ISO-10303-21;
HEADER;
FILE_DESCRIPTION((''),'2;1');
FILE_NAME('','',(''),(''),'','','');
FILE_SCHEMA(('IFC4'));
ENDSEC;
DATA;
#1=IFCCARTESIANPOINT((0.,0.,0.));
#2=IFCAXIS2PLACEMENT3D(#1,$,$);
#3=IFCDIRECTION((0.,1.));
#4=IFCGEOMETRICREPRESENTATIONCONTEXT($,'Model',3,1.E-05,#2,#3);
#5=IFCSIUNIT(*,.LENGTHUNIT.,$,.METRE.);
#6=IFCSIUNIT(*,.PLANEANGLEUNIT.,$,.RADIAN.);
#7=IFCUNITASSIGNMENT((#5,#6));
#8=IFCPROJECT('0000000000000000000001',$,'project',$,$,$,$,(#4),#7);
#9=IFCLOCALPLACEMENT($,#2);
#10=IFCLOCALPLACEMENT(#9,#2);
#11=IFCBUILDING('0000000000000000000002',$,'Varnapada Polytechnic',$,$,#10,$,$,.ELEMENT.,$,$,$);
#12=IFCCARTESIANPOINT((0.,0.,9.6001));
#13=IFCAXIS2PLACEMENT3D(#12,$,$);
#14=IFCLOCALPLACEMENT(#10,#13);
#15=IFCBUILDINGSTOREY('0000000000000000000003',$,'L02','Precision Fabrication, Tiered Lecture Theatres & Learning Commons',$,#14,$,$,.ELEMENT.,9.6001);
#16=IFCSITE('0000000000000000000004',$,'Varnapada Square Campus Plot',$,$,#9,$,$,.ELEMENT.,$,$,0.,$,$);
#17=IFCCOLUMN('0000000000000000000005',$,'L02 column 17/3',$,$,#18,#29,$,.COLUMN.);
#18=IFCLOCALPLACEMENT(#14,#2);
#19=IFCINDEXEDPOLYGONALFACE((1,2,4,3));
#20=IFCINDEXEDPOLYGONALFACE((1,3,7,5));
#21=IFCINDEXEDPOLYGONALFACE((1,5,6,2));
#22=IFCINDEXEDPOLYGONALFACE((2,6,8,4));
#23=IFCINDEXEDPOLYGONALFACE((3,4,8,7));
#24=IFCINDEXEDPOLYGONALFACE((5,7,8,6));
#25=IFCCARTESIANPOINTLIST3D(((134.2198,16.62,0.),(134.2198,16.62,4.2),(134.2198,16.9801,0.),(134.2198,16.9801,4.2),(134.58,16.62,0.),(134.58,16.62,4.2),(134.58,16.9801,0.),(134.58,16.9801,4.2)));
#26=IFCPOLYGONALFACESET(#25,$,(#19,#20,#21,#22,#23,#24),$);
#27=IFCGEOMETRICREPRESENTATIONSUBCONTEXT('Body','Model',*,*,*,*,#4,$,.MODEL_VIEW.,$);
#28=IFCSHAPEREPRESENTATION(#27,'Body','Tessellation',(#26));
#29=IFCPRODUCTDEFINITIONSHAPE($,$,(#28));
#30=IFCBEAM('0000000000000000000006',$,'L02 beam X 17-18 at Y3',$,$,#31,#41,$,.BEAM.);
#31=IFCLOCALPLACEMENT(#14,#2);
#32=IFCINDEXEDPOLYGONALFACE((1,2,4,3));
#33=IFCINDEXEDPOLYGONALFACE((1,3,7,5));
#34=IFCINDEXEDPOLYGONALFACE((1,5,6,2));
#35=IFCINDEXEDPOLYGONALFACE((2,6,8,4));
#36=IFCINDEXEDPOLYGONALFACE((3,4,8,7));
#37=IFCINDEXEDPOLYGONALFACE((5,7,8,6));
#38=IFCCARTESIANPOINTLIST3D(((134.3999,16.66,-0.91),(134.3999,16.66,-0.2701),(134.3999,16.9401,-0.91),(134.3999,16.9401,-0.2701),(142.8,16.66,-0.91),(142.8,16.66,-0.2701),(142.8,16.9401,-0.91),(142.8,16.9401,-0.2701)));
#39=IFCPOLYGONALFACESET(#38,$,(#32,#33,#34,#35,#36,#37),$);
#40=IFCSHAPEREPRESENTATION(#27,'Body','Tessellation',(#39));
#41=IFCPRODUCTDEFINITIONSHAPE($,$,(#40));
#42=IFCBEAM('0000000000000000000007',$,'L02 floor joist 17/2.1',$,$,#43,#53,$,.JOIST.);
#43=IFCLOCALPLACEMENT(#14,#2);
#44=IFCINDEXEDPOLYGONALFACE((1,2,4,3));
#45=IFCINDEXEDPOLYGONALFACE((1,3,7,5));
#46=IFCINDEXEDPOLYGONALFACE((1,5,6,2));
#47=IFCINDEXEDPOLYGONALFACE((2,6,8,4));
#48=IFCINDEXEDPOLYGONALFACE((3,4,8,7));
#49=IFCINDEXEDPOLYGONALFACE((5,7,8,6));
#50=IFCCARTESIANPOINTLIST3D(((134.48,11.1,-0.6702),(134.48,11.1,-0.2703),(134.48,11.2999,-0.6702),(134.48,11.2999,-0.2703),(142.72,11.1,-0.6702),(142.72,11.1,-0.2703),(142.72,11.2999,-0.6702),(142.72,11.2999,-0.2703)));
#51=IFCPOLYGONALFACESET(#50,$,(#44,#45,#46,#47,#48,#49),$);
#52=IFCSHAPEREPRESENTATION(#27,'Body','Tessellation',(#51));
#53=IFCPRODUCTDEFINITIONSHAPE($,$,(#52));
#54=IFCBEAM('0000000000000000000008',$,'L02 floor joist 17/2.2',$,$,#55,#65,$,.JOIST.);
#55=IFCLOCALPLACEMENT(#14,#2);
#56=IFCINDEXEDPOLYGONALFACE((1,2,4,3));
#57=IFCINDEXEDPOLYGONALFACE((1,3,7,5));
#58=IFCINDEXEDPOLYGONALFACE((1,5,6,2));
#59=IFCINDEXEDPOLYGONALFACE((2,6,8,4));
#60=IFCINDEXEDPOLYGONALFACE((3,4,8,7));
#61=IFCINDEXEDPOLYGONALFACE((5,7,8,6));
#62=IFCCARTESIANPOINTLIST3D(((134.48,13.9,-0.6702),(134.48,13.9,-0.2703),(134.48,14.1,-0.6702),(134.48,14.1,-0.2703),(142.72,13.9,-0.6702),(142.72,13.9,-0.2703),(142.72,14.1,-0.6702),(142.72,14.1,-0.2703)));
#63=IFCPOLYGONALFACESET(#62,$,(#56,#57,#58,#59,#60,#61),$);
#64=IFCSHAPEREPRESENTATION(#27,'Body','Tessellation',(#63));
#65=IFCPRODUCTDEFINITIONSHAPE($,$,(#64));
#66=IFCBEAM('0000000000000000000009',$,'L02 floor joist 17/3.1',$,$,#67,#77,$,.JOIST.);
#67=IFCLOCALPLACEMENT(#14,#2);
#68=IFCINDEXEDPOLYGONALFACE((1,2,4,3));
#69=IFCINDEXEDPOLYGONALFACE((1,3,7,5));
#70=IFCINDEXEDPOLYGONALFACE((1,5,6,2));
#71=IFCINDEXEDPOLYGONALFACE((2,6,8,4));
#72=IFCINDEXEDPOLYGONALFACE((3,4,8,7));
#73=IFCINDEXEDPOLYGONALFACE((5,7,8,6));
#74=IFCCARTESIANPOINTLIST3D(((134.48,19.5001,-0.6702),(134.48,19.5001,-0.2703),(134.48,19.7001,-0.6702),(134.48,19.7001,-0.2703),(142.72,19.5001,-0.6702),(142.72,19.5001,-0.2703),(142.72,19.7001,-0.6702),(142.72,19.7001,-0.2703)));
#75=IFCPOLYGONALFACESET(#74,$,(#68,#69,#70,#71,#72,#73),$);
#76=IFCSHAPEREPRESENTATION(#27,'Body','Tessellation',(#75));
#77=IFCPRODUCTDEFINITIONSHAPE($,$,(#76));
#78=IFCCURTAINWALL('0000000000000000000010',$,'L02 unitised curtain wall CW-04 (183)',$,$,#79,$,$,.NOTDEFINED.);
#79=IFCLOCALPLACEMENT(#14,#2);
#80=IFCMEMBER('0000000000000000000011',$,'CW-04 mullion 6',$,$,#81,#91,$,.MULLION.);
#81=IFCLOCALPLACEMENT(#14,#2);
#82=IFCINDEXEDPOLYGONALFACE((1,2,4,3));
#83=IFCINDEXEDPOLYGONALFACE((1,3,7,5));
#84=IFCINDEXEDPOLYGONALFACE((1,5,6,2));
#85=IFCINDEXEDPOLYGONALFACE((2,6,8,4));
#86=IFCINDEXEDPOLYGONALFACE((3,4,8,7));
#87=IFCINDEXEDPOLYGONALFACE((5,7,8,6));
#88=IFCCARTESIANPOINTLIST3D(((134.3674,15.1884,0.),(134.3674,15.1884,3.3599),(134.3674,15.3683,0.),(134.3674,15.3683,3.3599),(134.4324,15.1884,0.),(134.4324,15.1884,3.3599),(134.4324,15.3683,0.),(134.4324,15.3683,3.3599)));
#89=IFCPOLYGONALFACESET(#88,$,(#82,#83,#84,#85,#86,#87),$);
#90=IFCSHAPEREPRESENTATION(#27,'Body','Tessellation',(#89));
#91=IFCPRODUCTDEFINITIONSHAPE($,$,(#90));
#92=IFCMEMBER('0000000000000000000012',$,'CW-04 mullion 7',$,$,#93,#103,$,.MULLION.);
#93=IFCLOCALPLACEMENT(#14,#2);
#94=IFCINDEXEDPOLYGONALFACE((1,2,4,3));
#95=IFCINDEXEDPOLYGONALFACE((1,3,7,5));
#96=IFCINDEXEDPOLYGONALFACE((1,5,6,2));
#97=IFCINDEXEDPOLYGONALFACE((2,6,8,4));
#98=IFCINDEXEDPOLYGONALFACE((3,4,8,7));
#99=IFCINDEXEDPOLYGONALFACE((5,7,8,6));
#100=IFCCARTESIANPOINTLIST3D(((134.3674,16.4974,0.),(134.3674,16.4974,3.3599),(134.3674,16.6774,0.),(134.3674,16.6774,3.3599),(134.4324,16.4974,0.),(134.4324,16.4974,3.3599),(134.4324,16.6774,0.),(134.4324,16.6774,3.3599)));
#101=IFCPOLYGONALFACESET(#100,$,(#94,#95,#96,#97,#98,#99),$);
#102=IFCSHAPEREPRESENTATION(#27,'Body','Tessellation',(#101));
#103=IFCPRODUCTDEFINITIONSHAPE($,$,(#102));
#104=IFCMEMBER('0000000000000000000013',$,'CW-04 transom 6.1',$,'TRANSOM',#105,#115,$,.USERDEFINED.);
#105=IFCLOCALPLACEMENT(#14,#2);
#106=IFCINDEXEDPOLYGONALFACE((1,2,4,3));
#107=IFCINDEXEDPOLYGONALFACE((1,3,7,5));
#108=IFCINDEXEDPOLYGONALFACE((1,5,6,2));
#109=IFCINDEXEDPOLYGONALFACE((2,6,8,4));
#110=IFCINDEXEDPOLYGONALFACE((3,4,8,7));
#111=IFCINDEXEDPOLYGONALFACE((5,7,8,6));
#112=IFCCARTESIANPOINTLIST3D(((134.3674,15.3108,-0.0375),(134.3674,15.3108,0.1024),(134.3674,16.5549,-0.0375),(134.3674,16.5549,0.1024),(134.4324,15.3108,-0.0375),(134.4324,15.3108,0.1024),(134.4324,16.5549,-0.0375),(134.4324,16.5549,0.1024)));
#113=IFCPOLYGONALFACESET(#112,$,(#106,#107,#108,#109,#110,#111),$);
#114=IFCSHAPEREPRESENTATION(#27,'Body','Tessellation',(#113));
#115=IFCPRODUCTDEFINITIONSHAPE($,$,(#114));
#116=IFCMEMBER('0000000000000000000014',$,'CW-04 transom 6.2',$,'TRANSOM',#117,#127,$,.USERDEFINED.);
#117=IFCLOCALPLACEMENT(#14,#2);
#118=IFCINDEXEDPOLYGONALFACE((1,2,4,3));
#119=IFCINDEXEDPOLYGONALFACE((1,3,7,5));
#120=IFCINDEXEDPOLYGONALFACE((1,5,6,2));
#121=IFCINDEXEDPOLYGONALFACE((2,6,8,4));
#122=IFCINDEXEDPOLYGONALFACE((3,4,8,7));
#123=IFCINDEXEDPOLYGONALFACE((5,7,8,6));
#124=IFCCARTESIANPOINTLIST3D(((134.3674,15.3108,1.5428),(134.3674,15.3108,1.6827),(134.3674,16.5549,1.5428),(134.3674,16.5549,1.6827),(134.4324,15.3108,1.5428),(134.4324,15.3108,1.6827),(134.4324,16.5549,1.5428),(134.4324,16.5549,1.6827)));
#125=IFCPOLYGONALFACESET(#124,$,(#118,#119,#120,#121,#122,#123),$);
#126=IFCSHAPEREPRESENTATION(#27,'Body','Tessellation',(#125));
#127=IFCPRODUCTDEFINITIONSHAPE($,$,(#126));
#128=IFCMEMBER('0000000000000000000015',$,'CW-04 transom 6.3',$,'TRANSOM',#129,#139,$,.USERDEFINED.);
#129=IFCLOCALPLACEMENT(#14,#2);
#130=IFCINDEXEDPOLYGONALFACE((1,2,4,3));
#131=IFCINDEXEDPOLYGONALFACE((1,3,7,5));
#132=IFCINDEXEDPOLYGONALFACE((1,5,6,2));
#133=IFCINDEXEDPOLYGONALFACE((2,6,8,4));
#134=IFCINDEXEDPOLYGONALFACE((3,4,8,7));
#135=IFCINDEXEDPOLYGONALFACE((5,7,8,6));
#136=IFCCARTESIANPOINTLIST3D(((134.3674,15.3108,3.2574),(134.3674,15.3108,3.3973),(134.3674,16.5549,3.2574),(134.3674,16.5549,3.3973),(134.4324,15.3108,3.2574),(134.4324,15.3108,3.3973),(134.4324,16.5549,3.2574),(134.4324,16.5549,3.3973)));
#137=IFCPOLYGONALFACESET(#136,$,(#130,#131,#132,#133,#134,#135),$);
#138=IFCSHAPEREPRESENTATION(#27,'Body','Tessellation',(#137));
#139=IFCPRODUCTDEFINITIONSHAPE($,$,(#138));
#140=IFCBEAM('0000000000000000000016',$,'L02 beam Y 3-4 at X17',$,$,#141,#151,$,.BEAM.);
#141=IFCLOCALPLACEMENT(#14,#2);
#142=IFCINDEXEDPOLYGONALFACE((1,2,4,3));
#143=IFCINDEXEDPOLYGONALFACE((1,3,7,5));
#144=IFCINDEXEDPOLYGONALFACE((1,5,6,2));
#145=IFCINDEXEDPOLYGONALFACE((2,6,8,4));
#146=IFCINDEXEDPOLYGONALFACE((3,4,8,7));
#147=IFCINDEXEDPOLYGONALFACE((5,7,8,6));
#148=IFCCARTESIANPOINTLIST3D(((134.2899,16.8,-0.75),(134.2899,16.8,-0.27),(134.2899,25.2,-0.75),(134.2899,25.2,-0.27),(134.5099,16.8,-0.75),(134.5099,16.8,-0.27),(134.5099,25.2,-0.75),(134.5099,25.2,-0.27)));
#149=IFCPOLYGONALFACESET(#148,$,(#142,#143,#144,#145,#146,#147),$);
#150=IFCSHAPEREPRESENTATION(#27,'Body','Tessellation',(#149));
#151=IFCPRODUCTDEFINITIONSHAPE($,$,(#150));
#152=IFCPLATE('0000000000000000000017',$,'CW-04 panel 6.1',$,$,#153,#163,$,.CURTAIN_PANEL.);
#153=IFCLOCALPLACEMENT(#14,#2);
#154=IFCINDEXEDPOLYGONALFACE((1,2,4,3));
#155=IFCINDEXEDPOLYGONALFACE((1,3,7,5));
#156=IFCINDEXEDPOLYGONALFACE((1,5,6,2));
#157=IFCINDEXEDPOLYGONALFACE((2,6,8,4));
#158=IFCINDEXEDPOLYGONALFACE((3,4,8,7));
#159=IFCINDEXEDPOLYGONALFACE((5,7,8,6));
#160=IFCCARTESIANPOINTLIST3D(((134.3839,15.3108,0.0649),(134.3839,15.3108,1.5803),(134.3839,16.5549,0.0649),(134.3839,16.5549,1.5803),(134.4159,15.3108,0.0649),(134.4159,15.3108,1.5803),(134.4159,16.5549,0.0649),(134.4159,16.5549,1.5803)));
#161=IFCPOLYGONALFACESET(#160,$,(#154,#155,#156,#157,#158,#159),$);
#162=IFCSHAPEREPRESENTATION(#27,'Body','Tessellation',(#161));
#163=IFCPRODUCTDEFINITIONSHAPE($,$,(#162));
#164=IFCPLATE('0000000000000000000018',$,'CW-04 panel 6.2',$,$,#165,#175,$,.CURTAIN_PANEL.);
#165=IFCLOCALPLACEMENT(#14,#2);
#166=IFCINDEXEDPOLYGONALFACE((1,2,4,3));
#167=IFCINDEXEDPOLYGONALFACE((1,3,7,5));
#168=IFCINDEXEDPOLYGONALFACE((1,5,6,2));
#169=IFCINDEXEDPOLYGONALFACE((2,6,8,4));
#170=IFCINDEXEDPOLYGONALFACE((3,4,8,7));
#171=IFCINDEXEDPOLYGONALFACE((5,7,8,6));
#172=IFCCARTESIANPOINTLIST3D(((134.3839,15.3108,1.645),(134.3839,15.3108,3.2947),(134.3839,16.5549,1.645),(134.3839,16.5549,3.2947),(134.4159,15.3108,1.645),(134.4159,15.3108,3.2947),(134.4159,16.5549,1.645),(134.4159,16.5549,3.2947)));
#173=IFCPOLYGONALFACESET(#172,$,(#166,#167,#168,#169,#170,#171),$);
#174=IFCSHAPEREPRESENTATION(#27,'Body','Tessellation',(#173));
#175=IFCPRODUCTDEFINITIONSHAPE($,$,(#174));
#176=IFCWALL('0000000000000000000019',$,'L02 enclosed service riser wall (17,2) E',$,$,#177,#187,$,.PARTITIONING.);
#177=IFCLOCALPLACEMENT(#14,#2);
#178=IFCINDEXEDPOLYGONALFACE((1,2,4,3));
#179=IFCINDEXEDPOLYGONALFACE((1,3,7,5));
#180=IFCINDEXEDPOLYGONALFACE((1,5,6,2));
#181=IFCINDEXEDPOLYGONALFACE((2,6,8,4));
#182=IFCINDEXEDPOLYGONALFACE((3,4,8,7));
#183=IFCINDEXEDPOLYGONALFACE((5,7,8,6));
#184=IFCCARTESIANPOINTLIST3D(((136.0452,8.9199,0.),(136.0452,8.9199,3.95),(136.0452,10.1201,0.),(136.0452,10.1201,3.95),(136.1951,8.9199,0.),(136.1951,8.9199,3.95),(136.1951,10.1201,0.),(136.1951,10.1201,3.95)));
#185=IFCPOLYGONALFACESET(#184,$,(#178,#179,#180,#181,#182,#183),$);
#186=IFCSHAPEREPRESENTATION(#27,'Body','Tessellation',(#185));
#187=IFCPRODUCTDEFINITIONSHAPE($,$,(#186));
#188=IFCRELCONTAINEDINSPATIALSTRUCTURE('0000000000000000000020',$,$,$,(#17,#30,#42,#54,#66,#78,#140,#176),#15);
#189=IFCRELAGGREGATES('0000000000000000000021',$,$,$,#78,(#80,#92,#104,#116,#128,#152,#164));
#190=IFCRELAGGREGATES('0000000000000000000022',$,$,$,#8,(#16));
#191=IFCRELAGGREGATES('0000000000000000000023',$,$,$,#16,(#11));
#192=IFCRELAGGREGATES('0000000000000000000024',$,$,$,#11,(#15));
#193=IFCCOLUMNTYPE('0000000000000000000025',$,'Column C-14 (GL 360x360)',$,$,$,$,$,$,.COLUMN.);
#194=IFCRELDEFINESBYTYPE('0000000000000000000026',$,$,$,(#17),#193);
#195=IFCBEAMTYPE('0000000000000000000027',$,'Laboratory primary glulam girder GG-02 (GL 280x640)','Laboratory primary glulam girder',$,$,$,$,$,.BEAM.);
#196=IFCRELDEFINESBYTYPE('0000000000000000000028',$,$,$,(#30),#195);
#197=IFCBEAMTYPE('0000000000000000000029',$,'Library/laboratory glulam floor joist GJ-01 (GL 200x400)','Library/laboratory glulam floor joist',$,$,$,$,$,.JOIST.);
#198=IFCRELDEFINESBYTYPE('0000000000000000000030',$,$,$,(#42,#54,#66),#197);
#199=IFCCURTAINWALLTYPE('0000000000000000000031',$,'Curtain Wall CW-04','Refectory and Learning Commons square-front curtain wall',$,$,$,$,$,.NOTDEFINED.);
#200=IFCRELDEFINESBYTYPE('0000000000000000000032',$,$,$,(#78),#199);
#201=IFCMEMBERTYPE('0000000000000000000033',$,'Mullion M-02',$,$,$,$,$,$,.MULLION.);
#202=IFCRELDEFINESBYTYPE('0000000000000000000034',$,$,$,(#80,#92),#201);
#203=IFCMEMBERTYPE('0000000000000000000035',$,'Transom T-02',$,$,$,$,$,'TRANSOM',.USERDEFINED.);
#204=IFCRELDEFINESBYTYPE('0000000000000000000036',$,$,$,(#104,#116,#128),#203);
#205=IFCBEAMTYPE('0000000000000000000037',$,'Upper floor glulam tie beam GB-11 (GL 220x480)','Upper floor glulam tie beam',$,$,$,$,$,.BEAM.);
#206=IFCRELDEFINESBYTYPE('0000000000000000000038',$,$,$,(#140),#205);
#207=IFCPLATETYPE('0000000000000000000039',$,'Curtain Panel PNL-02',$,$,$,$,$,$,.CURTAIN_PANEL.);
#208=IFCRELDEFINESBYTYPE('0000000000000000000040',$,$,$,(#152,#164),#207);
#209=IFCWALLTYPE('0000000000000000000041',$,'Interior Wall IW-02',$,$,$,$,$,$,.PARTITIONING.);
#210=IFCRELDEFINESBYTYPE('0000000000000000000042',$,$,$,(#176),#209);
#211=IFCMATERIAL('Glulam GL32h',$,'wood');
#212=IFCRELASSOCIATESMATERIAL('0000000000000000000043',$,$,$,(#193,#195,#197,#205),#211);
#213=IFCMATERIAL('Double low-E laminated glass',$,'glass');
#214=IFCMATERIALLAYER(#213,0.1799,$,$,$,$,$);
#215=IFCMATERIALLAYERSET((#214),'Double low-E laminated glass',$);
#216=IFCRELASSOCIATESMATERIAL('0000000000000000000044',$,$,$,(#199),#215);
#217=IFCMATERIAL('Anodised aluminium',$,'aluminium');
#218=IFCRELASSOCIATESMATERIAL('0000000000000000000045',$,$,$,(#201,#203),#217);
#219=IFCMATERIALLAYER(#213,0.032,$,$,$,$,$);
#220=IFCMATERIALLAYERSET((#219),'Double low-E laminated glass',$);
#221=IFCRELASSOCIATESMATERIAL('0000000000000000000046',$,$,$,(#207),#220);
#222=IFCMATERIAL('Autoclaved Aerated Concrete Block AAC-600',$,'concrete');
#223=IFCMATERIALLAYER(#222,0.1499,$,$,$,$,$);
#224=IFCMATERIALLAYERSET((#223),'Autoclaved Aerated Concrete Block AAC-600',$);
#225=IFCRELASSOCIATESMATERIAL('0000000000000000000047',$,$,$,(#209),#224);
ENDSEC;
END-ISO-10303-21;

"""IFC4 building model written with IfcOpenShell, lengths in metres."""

from ifc_helpers import new_model, si_unit, direction, frame, frame_2d, origin, origin_2d, place, context, subcontext, project, spatial, rectangle, extrude, material, layer, layer_set, material_profile, profile_set, type_object, element, aggregate, save


model = new_model("IFC4")

# Units and contexts
model_context = context("Model", 3, precision=1e-05, world=origin(), true_north=direction((0.0, 1.0)))
body_context = subcontext(model_context, "Body", "Model", "MODEL_VIEW")
ifc_project = project(units=[si_unit("LENGTHUNIT", "METRE"), si_unit("PLANEANGLEUNIT", "RADIAN")], contexts=[model_context])

# Site, building, storey
site_placement = place(None, origin())
site = spatial("IfcSite", under=ifc_project, at=site_placement, Name="Varnapada Square Campus Plot", CompositionType="ELEMENT", RefElevation=0.0)
building_placement = place(site_placement, origin())
building = spatial("IfcBuilding", under=site, at=building_placement, Name="Varnapada Polytechnic", CompositionType="ELEMENT")
storey_placement = place(building_placement, frame((0.0, 0.0, 9.6001)))
storey = spatial("IfcBuildingStorey", under=building, at=storey_placement, Name="L02", Description="Precision Fabrication, Tiered Lecture Theatres & Learning Commons", CompositionType="ELEMENT", Elevation=9.6001)

# Column
ifc_material_1 = material(Name="Glulam GL32h", Category="wood")
ifc_material_profile_1 = material_profile(ifc_material_1, rectangle(XDim=0.3601, YDim=0.3601, at=origin_2d()), Name="GL 360x360")
ifc_profile_set_1 = profile_set([ifc_material_profile_1], Name="Glulam GL32h")
column_type = type_object("IfcColumnType", Name="Column C-14 (GL 360x360)", PredefinedType="COLUMN", material=ifc_profile_set_1)
column_placement = place(storey_placement, frame((134.3999, 16.8, 0.0), z_axis=(0.0, 0.0, 1.0), x_axis=(1.0, 0.0, 0.0)))
element("IfcColumn", 1, at=column_placement, inside=storey, type_object=column_type, Name="L02 column 17/3", PredefinedType="COLUMN", context=body_context, shape_type="SweptSolid", body=[
    extrude(rectangle(XDim=0.3601, YDim=0.3601, at=origin_2d()), origin(), (0.0, 0.0, 1.0), 4.2),
])

# Beams
ifc_material_profile_2 = material_profile(ifc_material_1, rectangle(XDim=0.28, YDim=0.6399, at=origin_2d()), Name="GL 280x640")
ifc_profile_set_2 = profile_set([ifc_material_profile_2], Name="Glulam GL32h")
beam_type_1 = type_object("IfcBeamType", Name="Laboratory primary glulam girder GG-02 (GL 280x640)", Description="Laboratory primary glulam girder", PredefinedType="BEAM", material=ifc_profile_set_2)
beam_1_placement = place(storey_placement, frame((134.3999, 16.8, -0.5901), z_axis=(1.0, 0.0, 0.0), x_axis=(0.0, 1.0, 0.0)))
element("IfcBeam", 2, at=beam_1_placement, inside=storey, type_object=beam_type_1, Name="L02 beam X 17-18 at Y3", PredefinedType="BEAM", context=body_context, shape_type="SweptSolid", body=[
    extrude(rectangle(XDim=0.28, YDim=0.6399, at=origin_2d()), origin(), (0.0, 0.0, 1.0), 8.4001),
])
ifc_material_profile_3 = material_profile(ifc_material_1, rectangle(XDim=0.2, YDim=0.3999, at=origin_2d()), Name="GL 200x400")
ifc_profile_set_3 = profile_set([ifc_material_profile_3], Name="Glulam GL32h")
beam_type_2 = type_object("IfcBeamType", Name="Library/laboratory glulam floor joist GJ-01 (GL 200x400)", Description="Library/laboratory glulam floor joist", PredefinedType="JOIST", material=ifc_profile_set_3)
for number, where, z_axis, x_axis, name in (
    (3, (134.48, 11.2, -0.4702), (1.0, 0.0, 0.0), (0.0, 1.0, 0.0), "L02 floor joist 17/2.1"),
    (4, (134.48, 14.0, -0.4702), (1.0, 0.0, 0.0), (0.0, 1.0, 0.0), "L02 floor joist 17/2.2"),
    (5, (134.48, 19.6001, -0.4702), (1.0, 0.0, 0.0), (0.0, 1.0, 0.0), "L02 floor joist 17/3.1"),
):
    element("IfcBeam", number, at=place(storey_placement, frame(where, z_axis=z_axis, x_axis=x_axis)), inside=storey, type_object=beam_type_2, Name=name, PredefinedType="JOIST", context=body_context, shape_type="SweptSolid", body=[
        extrude(rectangle(XDim=0.2, YDim=0.3999, at=origin_2d()), origin(), (0.0, 0.0, 1.0), 8.24),
    ])

# Curtain wall, members
ifc_material_2 = material(Name="Double low-E laminated glass", Category="glass")
ifc_layer_1 = layer(ifc_material_2, 0.1799)
ifc_layer_set_1 = layer_set([ifc_layer_1], Name="Double low-E laminated glass")
curtain_wall_type = type_object("IfcCurtainWallType", Name="Curtain Wall CW-04", Description="Refectory and Learning Commons square-front curtain wall", PredefinedType="NOTDEFINED", material=ifc_layer_set_1)
curtain_wall_placement = place(storey_placement, origin())
curtain_wall = element("IfcCurtainWall", 6, at=curtain_wall_placement, inside=storey, type_object=curtain_wall_type, Name="L02 unitised curtain wall CW-04 (183)", PredefinedType="NOTDEFINED")
ifc_material_3 = material(Name="Anodised aluminium", Category="aluminium")
ifc_material_profile_4 = material_profile(ifc_material_3, rectangle(XDim=0.0649, YDim=0.1799, at=origin_2d()), Name="ALU M65x180")
ifc_profile_set_4 = profile_set([ifc_material_profile_4], Name="Anodised aluminium")
member_type_1 = type_object("IfcMemberType", Name="Mullion M-02", PredefinedType="MULLION", material=ifc_profile_set_4)
member_1_placement = place(storey_placement, frame((134.3999, 15.2783, 0.0), z_axis=(0.0, 0.0, 1.0), x_axis=(-1.0, 0.0, 0.0)))
member_1 = element("IfcMember", 7, at=member_1_placement, type_object=member_type_1, Name="CW-04 mullion 6", PredefinedType="MULLION", context=body_context, shape_type="SweptSolid", body=[
    extrude(rectangle(XDim=0.0649, YDim=0.1799, at=origin_2d()), origin(), (0.0, 0.0, 1.0), 3.3599),
])
member_2_placement = place(storey_placement, frame((134.3999, 16.5874, 0.0), z_axis=(0.0, 0.0, 1.0), x_axis=(-1.0, 0.0, 0.0)))
member_2 = element("IfcMember", 8, at=member_2_placement, type_object=member_type_1, Name="CW-04 mullion 7", PredefinedType="MULLION", context=body_context, shape_type="SweptSolid", body=[
    extrude(rectangle(XDim=0.0649, YDim=0.1799, at=origin_2d()), origin(), (0.0, 0.0, 1.0), 3.3599),
])
ifc_material_profile_5 = material_profile(ifc_material_3, rectangle(XDim=0.0649, YDim=0.1399, at=origin_2d()), Name="ALU T65x140")
ifc_profile_set_5 = profile_set([ifc_material_profile_5], Name="Anodised aluminium")
member_type_2 = type_object("IfcMemberType", Name="Transom T-02", ElementType="TRANSOM", PredefinedType="USERDEFINED", material=ifc_profile_set_5)
member_3_placement = place(storey_placement, frame((134.3999, 15.3108, 0.0325), z_axis=(0.0, 1.0, 0.0), x_axis=(-1.0, 0.0, 0.0)))
member_3 = element("IfcMember", 9, at=member_3_placement, type_object=member_type_2, Name="CW-04 transom 6.1", ObjectType="TRANSOM", PredefinedType="USERDEFINED", context=body_context, shape_type="SweptSolid", body=[
    extrude(rectangle(XDim=0.0649, YDim=0.1399, at=origin_2d()), origin(), (0.0, 0.0, 1.0), 1.2441),
])
member_4_placement = place(storey_placement, frame((134.3999, 15.3108, 1.6128), z_axis=(0.0, 1.0, 0.0), x_axis=(-1.0, 0.0, 0.0)))
member_4 = element("IfcMember", 10, at=member_4_placement, type_object=member_type_2, Name="CW-04 transom 6.2", ObjectType="TRANSOM", PredefinedType="USERDEFINED", context=body_context, shape_type="SweptSolid", body=[
    extrude(rectangle(XDim=0.0649, YDim=0.1399, at=origin_2d()), origin(), (0.0, 0.0, 1.0), 1.2441),
])
member_5_placement = place(storey_placement, frame((134.3999, 15.3108, 3.3274), z_axis=(0.0, 1.0, 0.0), x_axis=(-1.0, 0.0, 0.0)))
member_5 = element("IfcMember", 11, at=member_5_placement, type_object=member_type_2, Name="CW-04 transom 6.3", ObjectType="TRANSOM", PredefinedType="USERDEFINED", context=body_context, shape_type="SweptSolid", body=[
    extrude(rectangle(XDim=0.0649, YDim=0.1399, at=origin_2d()), origin(), (0.0, 0.0, 1.0), 1.2441),
])

# Beam
ifc_material_profile_6 = material_profile(ifc_material_1, rectangle(XDim=0.22, YDim=0.48, at=origin_2d()), Name="GL 220x480")
ifc_profile_set_6 = profile_set([ifc_material_profile_6], Name="Glulam GL32h")
beam_type_3 = type_object("IfcBeamType", Name="Upper floor glulam tie beam GB-11 (GL 220x480)", Description="Upper floor glulam tie beam", PredefinedType="BEAM", material=ifc_profile_set_6)
beam_2_placement = place(storey_placement, frame((134.3999, 16.8, -0.51), z_axis=(0.0, 1.0, 0.0), x_axis=(-1.0, 0.0, 0.0)))
element("IfcBeam", 12, at=beam_2_placement, inside=storey, type_object=beam_type_3, Name="L02 beam Y 3-4 at X17", PredefinedType="BEAM", context=body_context, shape_type="SweptSolid", body=[
    extrude(rectangle(XDim=0.22, YDim=0.48, at=origin_2d()), origin(), (0.0, 0.0, 1.0), 8.3999),
])

# Plates
ifc_layer_2 = layer(ifc_material_2, 0.032)
ifc_layer_set_2 = layer_set([ifc_layer_2], Name="Double low-E laminated glass")
plate_type = type_object("IfcPlateType", Name="Curtain Panel PNL-02", PredefinedType="CURTAIN_PANEL", material=ifc_layer_set_2)
plate_1_placement = place(storey_placement, frame((134.3999, 15.9329, 0.0649), z_axis=(0.0, 0.0, 1.0), x_axis=(0.0, 1.0, 0.0)))
plate_1 = element("IfcPlate", 13, at=plate_1_placement, type_object=plate_type, Name="CW-04 panel 6.1", PredefinedType="CURTAIN_PANEL", context=body_context, shape_type="SweptSolid", body=[
    extrude(rectangle(XDim=1.2441, YDim=0.032, at=origin_2d()), origin(), (0.0, 0.0, 1.0), 1.5154),
])
plate_2_placement = place(storey_placement, frame((134.3999, 15.9329, 1.645), z_axis=(0.0, 0.0, 1.0), x_axis=(0.0, 1.0, 0.0)))
plate_2 = element("IfcPlate", 14, at=plate_2_placement, type_object=plate_type, Name="CW-04 panel 6.2", PredefinedType="CURTAIN_PANEL", context=body_context, shape_type="SweptSolid", body=[
    extrude(rectangle(XDim=1.2441, YDim=0.032, at=origin_2d()), origin(), (0.0, 0.0, 1.0), 1.6497),
])
aggregate(curtain_wall, [member_1, member_2, member_3, member_4, member_5, plate_1, plate_2])

# Wall
ifc_material_4 = material(Name="Autoclaved Aerated Concrete Block AAC-600", Category="concrete")
ifc_layer_3 = layer(ifc_material_4, 0.1499)
ifc_layer_set_3 = layer_set([ifc_layer_3], Name="Autoclaved Aerated Concrete Block AAC-600")
wall_type_1 = type_object("IfcWallType", Name="Interior Wall IW-02", PredefinedType="PARTITIONING", material=ifc_layer_set_3)
for number, where, z_axis, x_axis, name in (
    (15, (136.1201, 8.9199, 0.0), (0.0, 0.0, 1.0), (0.0, 1.0, 0.0), "L02 enclosed service riser wall (17,2) E"),
):
    element("IfcWall", number, at=place(storey_placement, frame(where, z_axis=z_axis, x_axis=x_axis)), inside=storey, type_object=wall_type_1, Name=name, PredefinedType="PARTITIONING", context=body_context, shape_type="SweptSolid", body=[
        extrude(rectangle(XDim=1.2002, YDim=0.1499, at=frame_2d((0.6001, 0.0))), origin(), (0.0, 0.0, 1.0), 3.95),
    ])

save(model, "model.ifc")
